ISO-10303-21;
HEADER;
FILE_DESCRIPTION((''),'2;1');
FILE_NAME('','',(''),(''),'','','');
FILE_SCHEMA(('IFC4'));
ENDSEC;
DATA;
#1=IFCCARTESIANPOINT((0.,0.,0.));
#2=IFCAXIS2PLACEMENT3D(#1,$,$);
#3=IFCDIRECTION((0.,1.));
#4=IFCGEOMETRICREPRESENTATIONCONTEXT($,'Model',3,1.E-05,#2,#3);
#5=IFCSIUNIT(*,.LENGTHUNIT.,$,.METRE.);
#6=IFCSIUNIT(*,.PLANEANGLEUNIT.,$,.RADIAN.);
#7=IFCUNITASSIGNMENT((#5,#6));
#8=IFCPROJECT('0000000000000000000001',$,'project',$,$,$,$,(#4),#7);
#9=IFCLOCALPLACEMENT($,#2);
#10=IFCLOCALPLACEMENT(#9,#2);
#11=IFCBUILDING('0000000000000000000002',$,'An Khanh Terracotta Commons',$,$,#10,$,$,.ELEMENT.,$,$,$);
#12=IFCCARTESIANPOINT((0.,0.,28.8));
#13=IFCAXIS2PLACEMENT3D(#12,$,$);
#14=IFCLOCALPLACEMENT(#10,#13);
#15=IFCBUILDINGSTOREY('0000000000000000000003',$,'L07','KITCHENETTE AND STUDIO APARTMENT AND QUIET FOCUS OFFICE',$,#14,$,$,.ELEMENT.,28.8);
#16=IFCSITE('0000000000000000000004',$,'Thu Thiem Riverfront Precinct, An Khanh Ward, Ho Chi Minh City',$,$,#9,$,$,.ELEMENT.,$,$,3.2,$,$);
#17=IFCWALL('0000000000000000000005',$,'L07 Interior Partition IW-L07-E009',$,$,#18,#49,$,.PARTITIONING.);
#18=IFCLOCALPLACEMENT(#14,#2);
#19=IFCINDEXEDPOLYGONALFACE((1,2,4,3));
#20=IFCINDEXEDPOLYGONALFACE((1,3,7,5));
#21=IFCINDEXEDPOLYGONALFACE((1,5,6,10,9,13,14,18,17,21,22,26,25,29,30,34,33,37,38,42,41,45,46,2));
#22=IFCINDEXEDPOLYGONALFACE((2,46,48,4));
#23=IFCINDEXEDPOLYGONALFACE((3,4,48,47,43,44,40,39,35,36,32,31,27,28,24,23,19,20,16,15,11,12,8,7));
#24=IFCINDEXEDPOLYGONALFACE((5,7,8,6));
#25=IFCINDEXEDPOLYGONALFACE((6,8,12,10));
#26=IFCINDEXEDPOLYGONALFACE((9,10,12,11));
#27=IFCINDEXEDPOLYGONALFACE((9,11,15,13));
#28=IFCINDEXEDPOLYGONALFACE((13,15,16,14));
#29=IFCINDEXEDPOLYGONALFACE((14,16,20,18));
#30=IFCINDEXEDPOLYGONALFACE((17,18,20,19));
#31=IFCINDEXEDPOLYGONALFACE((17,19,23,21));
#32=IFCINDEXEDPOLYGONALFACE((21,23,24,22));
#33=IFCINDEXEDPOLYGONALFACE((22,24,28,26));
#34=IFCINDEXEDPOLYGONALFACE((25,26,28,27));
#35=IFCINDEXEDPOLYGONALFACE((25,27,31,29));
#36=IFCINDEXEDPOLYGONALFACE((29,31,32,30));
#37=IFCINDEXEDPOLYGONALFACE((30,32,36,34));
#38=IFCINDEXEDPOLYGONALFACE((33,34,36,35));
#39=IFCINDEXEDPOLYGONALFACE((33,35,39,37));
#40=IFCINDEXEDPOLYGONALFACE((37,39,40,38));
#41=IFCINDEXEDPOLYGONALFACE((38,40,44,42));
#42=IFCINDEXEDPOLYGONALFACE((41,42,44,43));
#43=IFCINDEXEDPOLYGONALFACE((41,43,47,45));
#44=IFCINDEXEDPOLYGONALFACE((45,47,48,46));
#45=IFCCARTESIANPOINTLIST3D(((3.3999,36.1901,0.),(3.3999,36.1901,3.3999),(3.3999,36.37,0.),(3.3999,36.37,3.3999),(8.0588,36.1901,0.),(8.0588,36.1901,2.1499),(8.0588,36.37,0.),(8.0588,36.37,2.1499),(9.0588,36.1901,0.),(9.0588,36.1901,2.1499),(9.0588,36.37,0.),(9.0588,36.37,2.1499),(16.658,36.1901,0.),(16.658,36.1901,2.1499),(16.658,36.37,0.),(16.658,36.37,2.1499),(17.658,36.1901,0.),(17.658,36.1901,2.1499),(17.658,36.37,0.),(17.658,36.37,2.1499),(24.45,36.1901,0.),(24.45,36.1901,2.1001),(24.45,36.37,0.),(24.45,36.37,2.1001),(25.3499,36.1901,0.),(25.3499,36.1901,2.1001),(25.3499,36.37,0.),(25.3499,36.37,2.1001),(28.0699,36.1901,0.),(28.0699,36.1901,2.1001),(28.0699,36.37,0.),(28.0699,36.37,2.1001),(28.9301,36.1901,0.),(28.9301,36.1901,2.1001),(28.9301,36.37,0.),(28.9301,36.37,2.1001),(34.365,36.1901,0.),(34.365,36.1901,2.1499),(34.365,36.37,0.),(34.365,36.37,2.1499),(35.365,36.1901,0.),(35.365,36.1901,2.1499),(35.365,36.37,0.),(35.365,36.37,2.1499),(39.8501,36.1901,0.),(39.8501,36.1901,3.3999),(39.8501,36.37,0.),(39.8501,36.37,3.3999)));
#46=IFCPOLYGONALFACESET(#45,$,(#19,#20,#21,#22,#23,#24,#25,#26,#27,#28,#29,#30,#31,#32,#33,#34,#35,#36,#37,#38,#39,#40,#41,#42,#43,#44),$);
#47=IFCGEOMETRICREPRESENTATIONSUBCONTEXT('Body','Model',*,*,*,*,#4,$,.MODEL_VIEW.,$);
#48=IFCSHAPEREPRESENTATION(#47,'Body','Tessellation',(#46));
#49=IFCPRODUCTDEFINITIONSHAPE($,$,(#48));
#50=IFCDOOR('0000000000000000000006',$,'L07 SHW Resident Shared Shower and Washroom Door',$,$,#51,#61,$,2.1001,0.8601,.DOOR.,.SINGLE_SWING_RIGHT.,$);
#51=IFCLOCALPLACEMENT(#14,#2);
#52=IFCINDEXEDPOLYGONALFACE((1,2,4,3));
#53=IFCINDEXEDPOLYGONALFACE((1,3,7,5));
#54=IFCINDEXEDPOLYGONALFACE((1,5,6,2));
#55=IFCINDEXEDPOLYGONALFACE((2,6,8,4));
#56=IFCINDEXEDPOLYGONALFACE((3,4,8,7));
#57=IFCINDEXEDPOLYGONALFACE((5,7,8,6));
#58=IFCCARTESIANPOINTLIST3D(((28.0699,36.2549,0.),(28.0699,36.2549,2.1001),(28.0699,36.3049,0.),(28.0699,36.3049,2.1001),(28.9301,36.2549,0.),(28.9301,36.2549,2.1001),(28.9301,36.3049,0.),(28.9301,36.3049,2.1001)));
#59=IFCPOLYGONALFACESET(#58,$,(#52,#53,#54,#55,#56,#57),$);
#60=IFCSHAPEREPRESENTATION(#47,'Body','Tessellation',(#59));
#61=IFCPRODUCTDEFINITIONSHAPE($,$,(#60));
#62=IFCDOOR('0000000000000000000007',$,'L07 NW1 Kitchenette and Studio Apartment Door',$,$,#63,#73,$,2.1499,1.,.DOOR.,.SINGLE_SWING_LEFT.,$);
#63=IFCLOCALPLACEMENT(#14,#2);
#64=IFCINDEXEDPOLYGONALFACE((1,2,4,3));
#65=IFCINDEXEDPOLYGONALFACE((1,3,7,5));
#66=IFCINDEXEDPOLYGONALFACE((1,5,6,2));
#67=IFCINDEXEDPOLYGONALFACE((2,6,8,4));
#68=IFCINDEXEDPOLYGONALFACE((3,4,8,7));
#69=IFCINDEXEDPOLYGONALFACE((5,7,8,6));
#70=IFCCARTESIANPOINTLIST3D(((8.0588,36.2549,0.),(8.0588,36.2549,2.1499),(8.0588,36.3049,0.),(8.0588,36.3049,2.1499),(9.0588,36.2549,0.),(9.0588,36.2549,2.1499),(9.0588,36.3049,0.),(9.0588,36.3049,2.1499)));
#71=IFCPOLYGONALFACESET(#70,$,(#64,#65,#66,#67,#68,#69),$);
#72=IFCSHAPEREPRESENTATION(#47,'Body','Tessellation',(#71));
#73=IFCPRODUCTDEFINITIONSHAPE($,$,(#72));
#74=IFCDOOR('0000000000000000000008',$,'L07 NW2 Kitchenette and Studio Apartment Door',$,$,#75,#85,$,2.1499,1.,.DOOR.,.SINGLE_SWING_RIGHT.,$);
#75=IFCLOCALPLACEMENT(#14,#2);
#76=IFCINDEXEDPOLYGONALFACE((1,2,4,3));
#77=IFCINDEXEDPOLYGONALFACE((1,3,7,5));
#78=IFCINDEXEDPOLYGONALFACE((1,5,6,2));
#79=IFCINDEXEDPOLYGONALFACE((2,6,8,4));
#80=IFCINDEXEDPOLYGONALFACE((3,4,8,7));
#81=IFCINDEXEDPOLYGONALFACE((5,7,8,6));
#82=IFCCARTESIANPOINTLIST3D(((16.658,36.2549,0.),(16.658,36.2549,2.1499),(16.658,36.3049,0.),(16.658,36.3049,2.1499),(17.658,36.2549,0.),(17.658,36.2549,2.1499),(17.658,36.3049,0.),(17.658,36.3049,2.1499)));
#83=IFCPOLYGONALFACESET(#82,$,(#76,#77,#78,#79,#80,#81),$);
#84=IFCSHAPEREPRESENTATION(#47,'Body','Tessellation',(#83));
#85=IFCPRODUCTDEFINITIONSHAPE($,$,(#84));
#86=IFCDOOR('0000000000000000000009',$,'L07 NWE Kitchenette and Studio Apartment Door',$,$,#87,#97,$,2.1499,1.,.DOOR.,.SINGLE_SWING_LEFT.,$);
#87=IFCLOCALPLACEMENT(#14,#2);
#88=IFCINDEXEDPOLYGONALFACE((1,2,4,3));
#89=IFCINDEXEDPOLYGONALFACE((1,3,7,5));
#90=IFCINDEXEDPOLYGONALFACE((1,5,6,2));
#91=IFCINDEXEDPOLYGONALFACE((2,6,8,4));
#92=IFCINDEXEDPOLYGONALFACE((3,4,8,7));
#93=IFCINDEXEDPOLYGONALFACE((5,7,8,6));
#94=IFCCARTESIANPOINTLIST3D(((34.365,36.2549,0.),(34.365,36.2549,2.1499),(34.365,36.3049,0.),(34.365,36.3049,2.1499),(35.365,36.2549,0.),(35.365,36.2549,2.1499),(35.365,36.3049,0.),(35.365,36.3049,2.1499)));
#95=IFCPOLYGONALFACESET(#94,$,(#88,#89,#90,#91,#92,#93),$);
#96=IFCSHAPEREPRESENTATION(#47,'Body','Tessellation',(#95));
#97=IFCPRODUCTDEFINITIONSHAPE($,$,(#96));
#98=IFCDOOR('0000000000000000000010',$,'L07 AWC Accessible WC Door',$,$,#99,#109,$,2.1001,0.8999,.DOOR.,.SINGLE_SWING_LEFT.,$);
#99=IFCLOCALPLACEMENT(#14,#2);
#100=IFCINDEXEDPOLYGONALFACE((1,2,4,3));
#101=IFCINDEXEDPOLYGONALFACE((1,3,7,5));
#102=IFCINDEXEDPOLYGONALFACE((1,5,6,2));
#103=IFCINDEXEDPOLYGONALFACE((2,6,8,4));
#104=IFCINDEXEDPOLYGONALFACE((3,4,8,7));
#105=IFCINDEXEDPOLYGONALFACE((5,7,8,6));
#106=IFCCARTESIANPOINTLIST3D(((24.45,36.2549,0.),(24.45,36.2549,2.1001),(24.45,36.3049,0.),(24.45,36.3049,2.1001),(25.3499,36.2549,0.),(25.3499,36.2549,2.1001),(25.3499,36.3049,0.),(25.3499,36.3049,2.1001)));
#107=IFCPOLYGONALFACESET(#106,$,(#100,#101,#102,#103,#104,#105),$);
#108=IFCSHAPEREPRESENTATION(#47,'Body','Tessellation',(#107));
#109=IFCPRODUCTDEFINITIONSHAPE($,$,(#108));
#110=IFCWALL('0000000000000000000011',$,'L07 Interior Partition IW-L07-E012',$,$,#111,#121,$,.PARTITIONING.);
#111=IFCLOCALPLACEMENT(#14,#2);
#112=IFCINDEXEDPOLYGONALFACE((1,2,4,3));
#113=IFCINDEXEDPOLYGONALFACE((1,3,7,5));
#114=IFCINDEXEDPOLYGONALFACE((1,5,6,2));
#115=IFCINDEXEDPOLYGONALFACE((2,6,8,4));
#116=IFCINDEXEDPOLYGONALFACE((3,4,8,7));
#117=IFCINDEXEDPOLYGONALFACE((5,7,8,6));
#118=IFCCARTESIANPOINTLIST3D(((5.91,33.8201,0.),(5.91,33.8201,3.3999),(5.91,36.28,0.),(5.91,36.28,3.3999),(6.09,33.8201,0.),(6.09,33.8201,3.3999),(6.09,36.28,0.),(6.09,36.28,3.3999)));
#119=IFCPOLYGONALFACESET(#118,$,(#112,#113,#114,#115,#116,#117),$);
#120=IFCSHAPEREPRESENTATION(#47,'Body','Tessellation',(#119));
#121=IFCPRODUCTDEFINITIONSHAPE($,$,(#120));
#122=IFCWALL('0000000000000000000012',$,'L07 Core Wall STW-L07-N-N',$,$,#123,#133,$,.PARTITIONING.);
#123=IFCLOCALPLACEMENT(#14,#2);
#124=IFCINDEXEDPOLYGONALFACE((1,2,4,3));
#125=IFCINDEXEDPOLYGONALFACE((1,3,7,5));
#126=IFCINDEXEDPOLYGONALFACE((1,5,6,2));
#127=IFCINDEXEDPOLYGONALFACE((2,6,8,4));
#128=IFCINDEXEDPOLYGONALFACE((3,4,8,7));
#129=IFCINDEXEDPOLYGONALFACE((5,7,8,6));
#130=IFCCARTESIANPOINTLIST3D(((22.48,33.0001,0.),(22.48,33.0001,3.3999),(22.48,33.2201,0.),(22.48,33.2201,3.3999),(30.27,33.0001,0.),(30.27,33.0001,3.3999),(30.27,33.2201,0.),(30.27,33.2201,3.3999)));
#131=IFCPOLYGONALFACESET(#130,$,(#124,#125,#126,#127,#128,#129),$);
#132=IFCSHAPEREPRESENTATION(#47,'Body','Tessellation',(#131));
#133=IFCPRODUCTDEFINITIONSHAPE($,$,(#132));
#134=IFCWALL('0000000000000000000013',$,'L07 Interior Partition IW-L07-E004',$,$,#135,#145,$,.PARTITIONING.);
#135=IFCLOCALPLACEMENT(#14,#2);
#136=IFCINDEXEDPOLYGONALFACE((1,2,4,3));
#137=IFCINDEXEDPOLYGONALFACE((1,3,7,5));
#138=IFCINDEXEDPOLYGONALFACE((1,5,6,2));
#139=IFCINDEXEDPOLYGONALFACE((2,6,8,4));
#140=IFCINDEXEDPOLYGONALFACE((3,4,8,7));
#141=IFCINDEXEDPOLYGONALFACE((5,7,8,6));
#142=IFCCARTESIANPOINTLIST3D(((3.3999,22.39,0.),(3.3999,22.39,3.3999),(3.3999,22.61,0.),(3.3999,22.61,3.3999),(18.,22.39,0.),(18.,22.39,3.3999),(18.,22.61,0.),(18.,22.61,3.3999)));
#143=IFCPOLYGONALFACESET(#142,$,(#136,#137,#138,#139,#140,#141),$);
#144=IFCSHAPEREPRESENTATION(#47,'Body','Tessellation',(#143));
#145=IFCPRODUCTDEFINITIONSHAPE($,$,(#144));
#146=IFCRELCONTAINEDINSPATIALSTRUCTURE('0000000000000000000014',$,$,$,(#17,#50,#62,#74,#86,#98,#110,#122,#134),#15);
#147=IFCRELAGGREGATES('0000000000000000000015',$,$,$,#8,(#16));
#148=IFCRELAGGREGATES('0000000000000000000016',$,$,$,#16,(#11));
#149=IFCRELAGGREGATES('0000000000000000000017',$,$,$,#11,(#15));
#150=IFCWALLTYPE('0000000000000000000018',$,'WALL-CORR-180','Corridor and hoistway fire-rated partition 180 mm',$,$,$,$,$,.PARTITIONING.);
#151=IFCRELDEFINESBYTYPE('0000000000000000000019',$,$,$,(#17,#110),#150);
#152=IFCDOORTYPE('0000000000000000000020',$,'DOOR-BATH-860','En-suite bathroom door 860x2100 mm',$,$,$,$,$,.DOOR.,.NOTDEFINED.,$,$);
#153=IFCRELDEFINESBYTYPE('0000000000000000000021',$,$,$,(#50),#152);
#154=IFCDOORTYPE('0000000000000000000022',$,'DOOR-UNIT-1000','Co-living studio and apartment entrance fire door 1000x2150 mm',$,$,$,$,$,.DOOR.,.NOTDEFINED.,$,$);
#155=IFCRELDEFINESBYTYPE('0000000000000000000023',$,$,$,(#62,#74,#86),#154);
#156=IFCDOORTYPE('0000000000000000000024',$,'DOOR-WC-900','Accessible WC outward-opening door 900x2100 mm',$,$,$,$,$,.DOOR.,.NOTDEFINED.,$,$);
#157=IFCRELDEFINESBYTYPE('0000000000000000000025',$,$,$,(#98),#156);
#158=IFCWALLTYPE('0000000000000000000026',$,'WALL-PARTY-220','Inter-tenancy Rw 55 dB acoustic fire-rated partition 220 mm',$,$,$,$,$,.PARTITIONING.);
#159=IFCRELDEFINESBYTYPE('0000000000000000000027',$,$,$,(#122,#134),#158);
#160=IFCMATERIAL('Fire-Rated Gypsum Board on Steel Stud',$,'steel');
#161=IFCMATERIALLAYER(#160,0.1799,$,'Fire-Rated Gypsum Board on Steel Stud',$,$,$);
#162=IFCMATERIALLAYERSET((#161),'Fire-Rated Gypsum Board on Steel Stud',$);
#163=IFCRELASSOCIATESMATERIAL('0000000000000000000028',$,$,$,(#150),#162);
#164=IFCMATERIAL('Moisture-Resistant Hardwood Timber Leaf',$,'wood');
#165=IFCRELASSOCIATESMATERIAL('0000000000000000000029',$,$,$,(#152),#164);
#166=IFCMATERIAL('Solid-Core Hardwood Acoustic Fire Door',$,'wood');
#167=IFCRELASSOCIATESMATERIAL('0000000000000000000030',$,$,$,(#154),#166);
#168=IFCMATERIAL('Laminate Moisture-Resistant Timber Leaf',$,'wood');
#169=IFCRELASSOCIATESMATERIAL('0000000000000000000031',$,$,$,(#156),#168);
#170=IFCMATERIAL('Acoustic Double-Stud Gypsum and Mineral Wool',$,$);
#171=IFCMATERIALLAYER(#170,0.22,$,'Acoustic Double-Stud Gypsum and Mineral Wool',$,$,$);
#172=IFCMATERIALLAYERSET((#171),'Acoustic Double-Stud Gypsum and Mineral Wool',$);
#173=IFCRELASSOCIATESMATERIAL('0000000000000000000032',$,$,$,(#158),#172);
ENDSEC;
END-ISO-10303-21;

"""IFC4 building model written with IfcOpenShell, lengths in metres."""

from ifc_helpers import new_model, si_unit, direction, frame, frame_2d, origin, place, context, subcontext, project, spatial, rectangle, extrude, material, layer, layer_set, type_object, element, fill, save


model = new_model("IFC4")

# Units and contexts
model_context = context("Model", 3, precision=1e-05, world=origin(), true_north=direction((0.0, 1.0)))
body_context = subcontext(model_context, "Body", "Model", "MODEL_VIEW")
ifc_project = project(units=[si_unit("LENGTHUNIT", "METRE"), si_unit("PLANEANGLEUNIT", "RADIAN")], contexts=[model_context])

# Site, building, storey
site_placement = place(None, origin())
site = spatial("IfcSite", under=ifc_project, at=site_placement, Name="Thu Thiem Riverfront Precinct, An Khanh Ward, Ho Chi Minh City", CompositionType="ELEMENT", RefElevation=3.2)
building_placement = place(site_placement, origin())
building = spatial("IfcBuilding", under=site, at=building_placement, Name="An Khanh Terracotta Commons", CompositionType="ELEMENT")
storey_placement = place(building_placement, frame((0.0, 0.0, 28.8)))
storey = spatial("IfcBuildingStorey", under=building, at=storey_placement, Name="L07", Description="KITCHENETTE AND STUDIO APARTMENT AND QUIET FOCUS OFFICE", CompositionType="ELEMENT", Elevation=28.8)

# Shared definitions
ifc_material_1 = material(Name="Fire-Rated Gypsum Board on Steel Stud", Category="steel")
ifc_layer_1 = layer(ifc_material_1, 0.1799, Name="Fire-Rated Gypsum Board on Steel Stud")
ifc_layer_set_1 = layer_set([ifc_layer_1], Name="Fire-Rated Gypsum Board on Steel Stud")
wall_type_1 = type_object("IfcWallType", Name="WALL-CORR-180", Description="Corridor and hoistway fire-rated partition 180 mm", PredefinedType="PARTITIONING", material=ifc_layer_set_1)

# Wall, openings, doors
wall_1_placement = place(storey_placement, frame((3.3999, 36.28, 0.0), z_axis=(0.0, 0.0, 1.0), x_axis=(1.0, 0.0, 0.0)))
wall_1 = element("IfcWall", 1, at=wall_1_placement, inside=storey, type_object=wall_type_1, Name="L07 Interior Partition IW-L07-E009", PredefinedType="PARTITIONING", context=body_context, shape_type="SweptSolid", body=[
    extrude(rectangle(XDim=36.4502, YDim=0.1799, at=frame_2d((18.2251, 0.0))), origin(), (0.0, 0.0, 1.0), 3.3999),
])
opening_1_placement = place(wall_1_placement, frame((21.05, 0.0, 0.0)))
opening_1 = element("IfcOpeningElement", 2, at=opening_1_placement, cuts=wall_1, PredefinedType="OPENING", context=body_context, shape_type="SweptSolid", body=[
    extrude(rectangle(XDim=0.8999, YDim=2.1001, at=frame_2d((0.45, 1.05))), frame((0.0, 0.0999, 0.0), z_axis=(0.0, -1.0, 0.0), x_axis=(1.0, 0.0, 0.0)), (0.0, 0.0, 1.0), 0.2),
])
opening_2_placement = place(wall_1_placement, frame((24.6699, 0.0, 0.0)))
opening_2 = element("IfcOpeningElement", 3, at=opening_2_placement, cuts=wall_1, PredefinedType="OPENING", context=body_context, shape_type="SweptSolid", body=[
    extrude(rectangle(XDim=0.8601, YDim=2.1001, at=frame_2d((0.4302, 1.05))), frame((0.0, 0.0999, 0.0), z_axis=(0.0, -1.0, 0.0), x_axis=(1.0, 0.0, 0.0)), (0.0, 0.0, 1.0), 0.2),
])
opening_3_placement = place(wall_1_placement, frame((4.6589, 0.0, 0.0)))
opening_3 = element("IfcOpeningElement", 4, at=opening_3_placement, cuts=wall_1, PredefinedType="OPENING", context=body_context, shape_type="SweptSolid", body=[
    extrude(rectangle(XDim=1.0, YDim=2.1499, at=frame_2d((0.5, 1.075))), frame((0.0, 0.0999, 0.0), z_axis=(0.0, -1.0, 0.0), x_axis=(1.0, 0.0, 0.0)), (0.0, 0.0, 1.0), 0.2),
])
opening_4_placement = place(wall_1_placement, frame((13.2581, 0.0, 0.0)))
opening_4 = element("IfcOpeningElement", 5, at=opening_4_placement, cuts=wall_1, PredefinedType="OPENING", context=body_context, shape_type="SweptSolid", body=[
    extrude(rectangle(XDim=1.0, YDim=2.1499, at=frame_2d((0.5, 1.075))), frame((0.0, 0.0999, 0.0), z_axis=(0.0, -1.0, 0.0), x_axis=(1.0, 0.0, 0.0)), (0.0, 0.0, 1.0), 0.2),
])
opening_5_placement = place(wall_1_placement, frame((30.9651, 0.0, 0.0)))
opening_5 = element("IfcOpeningElement", 6, at=opening_5_placement, cuts=wall_1, PredefinedType="OPENING", context=body_context, shape_type="SweptSolid", body=[
    extrude(rectangle(XDim=1.0, YDim=2.1499, at=frame_2d((0.5, 1.075))), frame((0.0, 0.0999, 0.0), z_axis=(0.0, -1.0, 0.0), x_axis=(1.0, 0.0, 0.0)), (0.0, 0.0, 1.0), 0.2),
])
ifc_material_2 = material(Name="Moisture-Resistant Hardwood Timber Leaf", Category="wood")
door_type_1 = type_object("IfcDoorType", Name="DOOR-BATH-860", Description="En-suite bathroom door 860x2100 mm", OperationType="NOTDEFINED", PredefinedType="DOOR", material=ifc_material_2)
door_1_placement = place(opening_2_placement, origin())
door_1 = element("IfcDoor", 7, at=door_1_placement, inside=storey, type_object=door_type_1, Name="L07 SHW Resident Shared Shower and Washroom Door", OperationType="SINGLE_SWING_RIGHT", OverallHeight=2.1001, OverallWidth=0.8601, PredefinedType="DOOR", context=body_context, shape_type="SweptSolid", body=[
    extrude(rectangle(XDim=0.8601, YDim=2.1001, at=frame_2d((0.4302, 1.05))), frame((0.0, 0.0249, 0.0), z_axis=(0.0, -1.0, 0.0), x_axis=(1.0, 0.0, 0.0)), (0.0, 0.0, 1.0), 0.05),
])
fill(opening_2, door_1)
ifc_material_3 = material(Name="Solid-Core Hardwood Acoustic Fire Door", Category="wood")
door_type_2 = type_object("IfcDoorType", Name="DOOR-UNIT-1000", Description="Co-living studio and apartment entrance fire door 1000x2150 mm", OperationType="NOTDEFINED", PredefinedType="DOOR", material=ifc_material_3)
door_2_placement = place(opening_3_placement, origin())
door_2 = element("IfcDoor", 8, at=door_2_placement, inside=storey, type_object=door_type_2, Name="L07 NW1 Kitchenette and Studio Apartment Door", OperationType="SINGLE_SWING_LEFT", OverallHeight=2.1499, OverallWidth=1.0, PredefinedType="DOOR", context=body_context, shape_type="SweptSolid", body=[
    extrude(rectangle(XDim=1.0, YDim=2.1499, at=frame_2d((0.5, 1.075))), frame((0.0, 0.0249, 0.0), z_axis=(0.0, -1.0, 0.0), x_axis=(1.0, 0.0, 0.0)), (0.0, 0.0, 1.0), 0.05),
])
fill(opening_3, door_2)
door_3_placement = place(opening_4_placement, origin())
door_3 = element("IfcDoor", 9, at=door_3_placement, inside=storey, type_object=door_type_2, Name="L07 NW2 Kitchenette and Studio Apartment Door", OperationType="SINGLE_SWING_RIGHT", OverallHeight=2.1499, OverallWidth=1.0, PredefinedType="DOOR", context=body_context, shape_type="SweptSolid", body=[
    extrude(rectangle(XDim=1.0, YDim=2.1499, at=frame_2d((0.5, 1.075))), frame((0.0, 0.0249, 0.0), z_axis=(0.0, -1.0, 0.0), x_axis=(1.0, 0.0, 0.0)), (0.0, 0.0, 1.0), 0.05),
])
fill(opening_4, door_3)
door_4_placement = place(opening_5_placement, origin())
door_4 = element("IfcDoor", 10, at=door_4_placement, inside=storey, type_object=door_type_2, Name="L07 NWE Kitchenette and Studio Apartment Door", OperationType="SINGLE_SWING_LEFT", OverallHeight=2.1499, OverallWidth=1.0, PredefinedType="DOOR", context=body_context, shape_type="SweptSolid", body=[
    extrude(rectangle(XDim=1.0, YDim=2.1499, at=frame_2d((0.5, 1.075))), frame((0.0, 0.0249, 0.0), z_axis=(0.0, -1.0, 0.0), x_axis=(1.0, 0.0, 0.0)), (0.0, 0.0, 1.0), 0.05),
])
fill(opening_5, door_4)
ifc_material_4 = material(Name="Laminate Moisture-Resistant Timber Leaf", Category="wood")
door_type_3 = type_object("IfcDoorType", Name="DOOR-WC-900", Description="Accessible WC outward-opening door 900x2100 mm", OperationType="NOTDEFINED", PredefinedType="DOOR", material=ifc_material_4)
door_5_placement = place(opening_1_placement, origin())
door_5 = element("IfcDoor", 11, at=door_5_placement, inside=storey, type_object=door_type_3, Name="L07 AWC Accessible WC Door", OperationType="SINGLE_SWING_LEFT", OverallHeight=2.1001, OverallWidth=0.8999, PredefinedType="DOOR", context=body_context, shape_type="SweptSolid", body=[
    extrude(rectangle(XDim=0.8999, YDim=2.1001, at=frame_2d((0.45, 1.05))), frame((0.0, 0.0249, 0.0), z_axis=(0.0, -1.0, 0.0), x_axis=(1.0, 0.0, 0.0)), (0.0, 0.0, 1.0), 0.05),
])
fill(opening_1, door_5)

# Walls
wall_2_placement = place(storey_placement, frame((6.0, 33.8201, 0.0), z_axis=(0.0, 0.0, 1.0), x_axis=(0.0, 1.0, 0.0)))
element("IfcWall", 12, at=wall_2_placement, inside=storey, type_object=wall_type_1, Name="L07 Interior Partition IW-L07-E012", PredefinedType="PARTITIONING", context=body_context, shape_type="SweptSolid", body=[
    extrude(rectangle(XDim=2.46, YDim=0.1799, at=frame_2d((1.23, 0.0))), origin(), (0.0, 0.0, 1.0), 3.3999),
])
ifc_material_5 = material(Name="Acoustic Double-Stud Gypsum and Mineral Wool")
ifc_layer_2 = layer(ifc_material_5, 0.22, Name="Acoustic Double-Stud Gypsum and Mineral Wool")
ifc_layer_set_2 = layer_set([ifc_layer_2], Name="Acoustic Double-Stud Gypsum and Mineral Wool")
wall_type_2 = type_object("IfcWallType", Name="WALL-PARTY-220", Description="Inter-tenancy Rw 55 dB acoustic fire-rated partition 220 mm", PredefinedType="PARTITIONING", material=ifc_layer_set_2)
wall_3_placement = place(storey_placement, frame((22.48, 33.1101, 0.0), z_axis=(0.0, 0.0, 1.0), x_axis=(1.0, 0.0, 0.0)))
element("IfcWall", 13, at=wall_3_placement, inside=storey, type_object=wall_type_2, Name="L07 Core Wall STW-L07-N-N", PredefinedType="PARTITIONING", context=body_context, shape_type="SweptSolid", body=[
    extrude(rectangle(XDim=7.79, YDim=0.22, at=frame_2d((3.895, 0.0))), origin(), (0.0, 0.0, 1.0), 3.3999),
])
wall_4_placement = place(storey_placement, frame((3.3999, 22.5, 0.0), z_axis=(0.0, 0.0, 1.0), x_axis=(1.0, 0.0, 0.0)))
element("IfcWall", 14, at=wall_4_placement, inside=storey, type_object=wall_type_2, Name="L07 Interior Partition IW-L07-E004", PredefinedType="PARTITIONING", context=body_context, shape_type="SweptSolid", body=[
    extrude(rectangle(XDim=14.6001, YDim=0.22, at=frame_2d((7.3, 0.0))), origin(), (0.0, 0.0, 1.0), 3.3999),
])

save(model, "model.ifc")
